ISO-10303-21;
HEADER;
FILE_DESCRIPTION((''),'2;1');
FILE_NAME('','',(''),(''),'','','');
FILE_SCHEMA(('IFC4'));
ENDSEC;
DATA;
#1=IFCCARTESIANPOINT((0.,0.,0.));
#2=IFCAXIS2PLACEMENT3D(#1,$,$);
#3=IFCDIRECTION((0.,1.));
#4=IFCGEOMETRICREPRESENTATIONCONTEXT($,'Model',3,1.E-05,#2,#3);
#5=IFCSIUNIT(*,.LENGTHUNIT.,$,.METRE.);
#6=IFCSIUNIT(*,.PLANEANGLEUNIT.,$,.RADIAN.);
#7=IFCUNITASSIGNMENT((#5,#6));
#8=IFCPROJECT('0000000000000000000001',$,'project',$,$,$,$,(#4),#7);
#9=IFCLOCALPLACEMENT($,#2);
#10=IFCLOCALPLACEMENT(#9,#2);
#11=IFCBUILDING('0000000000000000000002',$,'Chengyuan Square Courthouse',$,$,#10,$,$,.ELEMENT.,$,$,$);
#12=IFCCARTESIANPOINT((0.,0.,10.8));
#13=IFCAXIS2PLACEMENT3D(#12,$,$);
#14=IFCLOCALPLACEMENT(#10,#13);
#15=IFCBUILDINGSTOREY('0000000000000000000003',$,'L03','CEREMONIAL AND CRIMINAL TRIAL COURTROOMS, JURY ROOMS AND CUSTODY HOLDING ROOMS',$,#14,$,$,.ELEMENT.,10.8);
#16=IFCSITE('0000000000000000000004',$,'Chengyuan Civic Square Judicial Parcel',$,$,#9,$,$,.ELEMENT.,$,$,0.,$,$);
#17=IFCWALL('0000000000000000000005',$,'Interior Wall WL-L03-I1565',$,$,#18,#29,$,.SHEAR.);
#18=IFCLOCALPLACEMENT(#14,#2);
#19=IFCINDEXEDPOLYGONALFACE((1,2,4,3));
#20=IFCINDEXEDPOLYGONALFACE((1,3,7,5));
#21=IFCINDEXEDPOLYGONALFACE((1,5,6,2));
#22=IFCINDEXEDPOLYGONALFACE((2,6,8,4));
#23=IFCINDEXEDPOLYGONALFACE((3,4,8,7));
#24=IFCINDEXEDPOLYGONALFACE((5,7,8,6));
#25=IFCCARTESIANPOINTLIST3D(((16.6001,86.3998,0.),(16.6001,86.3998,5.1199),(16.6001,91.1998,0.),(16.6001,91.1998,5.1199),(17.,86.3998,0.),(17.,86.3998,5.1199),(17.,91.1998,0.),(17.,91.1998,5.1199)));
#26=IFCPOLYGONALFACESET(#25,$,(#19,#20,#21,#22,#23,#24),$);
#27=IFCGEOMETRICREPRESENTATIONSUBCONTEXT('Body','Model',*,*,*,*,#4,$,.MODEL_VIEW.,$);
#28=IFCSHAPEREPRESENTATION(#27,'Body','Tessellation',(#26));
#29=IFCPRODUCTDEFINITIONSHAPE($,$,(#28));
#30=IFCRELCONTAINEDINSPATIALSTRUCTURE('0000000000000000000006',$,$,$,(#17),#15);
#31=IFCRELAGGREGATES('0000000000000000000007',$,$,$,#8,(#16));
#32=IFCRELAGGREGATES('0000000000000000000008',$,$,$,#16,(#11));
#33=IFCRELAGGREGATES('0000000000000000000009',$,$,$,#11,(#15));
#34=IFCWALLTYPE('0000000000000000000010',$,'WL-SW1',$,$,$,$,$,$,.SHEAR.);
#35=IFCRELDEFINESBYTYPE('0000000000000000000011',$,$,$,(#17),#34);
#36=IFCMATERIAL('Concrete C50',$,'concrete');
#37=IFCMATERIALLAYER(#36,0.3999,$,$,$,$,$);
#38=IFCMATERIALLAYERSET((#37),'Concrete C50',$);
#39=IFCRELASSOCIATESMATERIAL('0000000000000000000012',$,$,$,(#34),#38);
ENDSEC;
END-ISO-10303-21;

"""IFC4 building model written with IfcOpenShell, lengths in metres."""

from ifc_helpers import new_model, si_unit, direction, frame, frame_2d, origin, place, context, subcontext, project, spatial, rectangle, extrude, material, layer, layer_set, type_object, element, save


model = new_model("IFC4")

# Units and contexts
model_context = context("Model", 3, precision=1e-05, world=origin(), true_north=direction((0.0, 1.0)))
body_context = subcontext(model_context, "Body", "Model", "MODEL_VIEW")
ifc_project = project(units=[si_unit("LENGTHUNIT", "METRE"), si_unit("PLANEANGLEUNIT", "RADIAN")], contexts=[model_context])

# Site, building, storey
site_placement = place(None, origin())
site = spatial("IfcSite", under=ifc_project, at=site_placement, Name="Chengyuan Civic Square Judicial Parcel", CompositionType="ELEMENT", RefElevation=0.0)
building_placement = place(site_placement, origin())
building = spatial("IfcBuilding", under=site, at=building_placement, Name="Chengyuan Square Courthouse", CompositionType="ELEMENT")
storey_placement = place(building_placement, frame((0.0, 0.0, 10.8)))
storey = spatial("IfcBuildingStorey", under=building, at=storey_placement, Name="L03", Description="CEREMONIAL AND CRIMINAL TRIAL COURTROOMS, JURY ROOMS AND CUSTODY HOLDING ROOMS", CompositionType="ELEMENT", Elevation=10.8)

# Shared definitions
ifc_material_1 = material(Name="Concrete C50", Category="concrete")

# Shared definitions
ifc_layer_1 = layer(ifc_material_1, 0.3999)
ifc_layer_set_1 = layer_set([ifc_layer_1], Name="Concrete C50")
wall_type_1 = type_object("IfcWallType", Name="WL-SW1", PredefinedType="SHEAR", material=ifc_layer_set_1)

# Wall
wall_1_placement = place(storey_placement, frame((16.8, 86.3999, 0.0), z_axis=(0.0, 0.0, 1.0), x_axis=(0.0, 1.0, 0.0)))
element("IfcWall", 1, at=wall_1_placement, inside=storey, type_object=wall_type_1, Name="Interior Wall WL-L03-I1565", PredefinedType="SHEAR", context=body_context, shape_type="SweptSolid", body=[
    extrude(rectangle(XDim=4.8, YDim=0.3999, at=frame_2d((2.3999, 0.0))), origin(), (0.0, 0.0, 1.0), 5.1199),
])

save(model, "model.ifc")
